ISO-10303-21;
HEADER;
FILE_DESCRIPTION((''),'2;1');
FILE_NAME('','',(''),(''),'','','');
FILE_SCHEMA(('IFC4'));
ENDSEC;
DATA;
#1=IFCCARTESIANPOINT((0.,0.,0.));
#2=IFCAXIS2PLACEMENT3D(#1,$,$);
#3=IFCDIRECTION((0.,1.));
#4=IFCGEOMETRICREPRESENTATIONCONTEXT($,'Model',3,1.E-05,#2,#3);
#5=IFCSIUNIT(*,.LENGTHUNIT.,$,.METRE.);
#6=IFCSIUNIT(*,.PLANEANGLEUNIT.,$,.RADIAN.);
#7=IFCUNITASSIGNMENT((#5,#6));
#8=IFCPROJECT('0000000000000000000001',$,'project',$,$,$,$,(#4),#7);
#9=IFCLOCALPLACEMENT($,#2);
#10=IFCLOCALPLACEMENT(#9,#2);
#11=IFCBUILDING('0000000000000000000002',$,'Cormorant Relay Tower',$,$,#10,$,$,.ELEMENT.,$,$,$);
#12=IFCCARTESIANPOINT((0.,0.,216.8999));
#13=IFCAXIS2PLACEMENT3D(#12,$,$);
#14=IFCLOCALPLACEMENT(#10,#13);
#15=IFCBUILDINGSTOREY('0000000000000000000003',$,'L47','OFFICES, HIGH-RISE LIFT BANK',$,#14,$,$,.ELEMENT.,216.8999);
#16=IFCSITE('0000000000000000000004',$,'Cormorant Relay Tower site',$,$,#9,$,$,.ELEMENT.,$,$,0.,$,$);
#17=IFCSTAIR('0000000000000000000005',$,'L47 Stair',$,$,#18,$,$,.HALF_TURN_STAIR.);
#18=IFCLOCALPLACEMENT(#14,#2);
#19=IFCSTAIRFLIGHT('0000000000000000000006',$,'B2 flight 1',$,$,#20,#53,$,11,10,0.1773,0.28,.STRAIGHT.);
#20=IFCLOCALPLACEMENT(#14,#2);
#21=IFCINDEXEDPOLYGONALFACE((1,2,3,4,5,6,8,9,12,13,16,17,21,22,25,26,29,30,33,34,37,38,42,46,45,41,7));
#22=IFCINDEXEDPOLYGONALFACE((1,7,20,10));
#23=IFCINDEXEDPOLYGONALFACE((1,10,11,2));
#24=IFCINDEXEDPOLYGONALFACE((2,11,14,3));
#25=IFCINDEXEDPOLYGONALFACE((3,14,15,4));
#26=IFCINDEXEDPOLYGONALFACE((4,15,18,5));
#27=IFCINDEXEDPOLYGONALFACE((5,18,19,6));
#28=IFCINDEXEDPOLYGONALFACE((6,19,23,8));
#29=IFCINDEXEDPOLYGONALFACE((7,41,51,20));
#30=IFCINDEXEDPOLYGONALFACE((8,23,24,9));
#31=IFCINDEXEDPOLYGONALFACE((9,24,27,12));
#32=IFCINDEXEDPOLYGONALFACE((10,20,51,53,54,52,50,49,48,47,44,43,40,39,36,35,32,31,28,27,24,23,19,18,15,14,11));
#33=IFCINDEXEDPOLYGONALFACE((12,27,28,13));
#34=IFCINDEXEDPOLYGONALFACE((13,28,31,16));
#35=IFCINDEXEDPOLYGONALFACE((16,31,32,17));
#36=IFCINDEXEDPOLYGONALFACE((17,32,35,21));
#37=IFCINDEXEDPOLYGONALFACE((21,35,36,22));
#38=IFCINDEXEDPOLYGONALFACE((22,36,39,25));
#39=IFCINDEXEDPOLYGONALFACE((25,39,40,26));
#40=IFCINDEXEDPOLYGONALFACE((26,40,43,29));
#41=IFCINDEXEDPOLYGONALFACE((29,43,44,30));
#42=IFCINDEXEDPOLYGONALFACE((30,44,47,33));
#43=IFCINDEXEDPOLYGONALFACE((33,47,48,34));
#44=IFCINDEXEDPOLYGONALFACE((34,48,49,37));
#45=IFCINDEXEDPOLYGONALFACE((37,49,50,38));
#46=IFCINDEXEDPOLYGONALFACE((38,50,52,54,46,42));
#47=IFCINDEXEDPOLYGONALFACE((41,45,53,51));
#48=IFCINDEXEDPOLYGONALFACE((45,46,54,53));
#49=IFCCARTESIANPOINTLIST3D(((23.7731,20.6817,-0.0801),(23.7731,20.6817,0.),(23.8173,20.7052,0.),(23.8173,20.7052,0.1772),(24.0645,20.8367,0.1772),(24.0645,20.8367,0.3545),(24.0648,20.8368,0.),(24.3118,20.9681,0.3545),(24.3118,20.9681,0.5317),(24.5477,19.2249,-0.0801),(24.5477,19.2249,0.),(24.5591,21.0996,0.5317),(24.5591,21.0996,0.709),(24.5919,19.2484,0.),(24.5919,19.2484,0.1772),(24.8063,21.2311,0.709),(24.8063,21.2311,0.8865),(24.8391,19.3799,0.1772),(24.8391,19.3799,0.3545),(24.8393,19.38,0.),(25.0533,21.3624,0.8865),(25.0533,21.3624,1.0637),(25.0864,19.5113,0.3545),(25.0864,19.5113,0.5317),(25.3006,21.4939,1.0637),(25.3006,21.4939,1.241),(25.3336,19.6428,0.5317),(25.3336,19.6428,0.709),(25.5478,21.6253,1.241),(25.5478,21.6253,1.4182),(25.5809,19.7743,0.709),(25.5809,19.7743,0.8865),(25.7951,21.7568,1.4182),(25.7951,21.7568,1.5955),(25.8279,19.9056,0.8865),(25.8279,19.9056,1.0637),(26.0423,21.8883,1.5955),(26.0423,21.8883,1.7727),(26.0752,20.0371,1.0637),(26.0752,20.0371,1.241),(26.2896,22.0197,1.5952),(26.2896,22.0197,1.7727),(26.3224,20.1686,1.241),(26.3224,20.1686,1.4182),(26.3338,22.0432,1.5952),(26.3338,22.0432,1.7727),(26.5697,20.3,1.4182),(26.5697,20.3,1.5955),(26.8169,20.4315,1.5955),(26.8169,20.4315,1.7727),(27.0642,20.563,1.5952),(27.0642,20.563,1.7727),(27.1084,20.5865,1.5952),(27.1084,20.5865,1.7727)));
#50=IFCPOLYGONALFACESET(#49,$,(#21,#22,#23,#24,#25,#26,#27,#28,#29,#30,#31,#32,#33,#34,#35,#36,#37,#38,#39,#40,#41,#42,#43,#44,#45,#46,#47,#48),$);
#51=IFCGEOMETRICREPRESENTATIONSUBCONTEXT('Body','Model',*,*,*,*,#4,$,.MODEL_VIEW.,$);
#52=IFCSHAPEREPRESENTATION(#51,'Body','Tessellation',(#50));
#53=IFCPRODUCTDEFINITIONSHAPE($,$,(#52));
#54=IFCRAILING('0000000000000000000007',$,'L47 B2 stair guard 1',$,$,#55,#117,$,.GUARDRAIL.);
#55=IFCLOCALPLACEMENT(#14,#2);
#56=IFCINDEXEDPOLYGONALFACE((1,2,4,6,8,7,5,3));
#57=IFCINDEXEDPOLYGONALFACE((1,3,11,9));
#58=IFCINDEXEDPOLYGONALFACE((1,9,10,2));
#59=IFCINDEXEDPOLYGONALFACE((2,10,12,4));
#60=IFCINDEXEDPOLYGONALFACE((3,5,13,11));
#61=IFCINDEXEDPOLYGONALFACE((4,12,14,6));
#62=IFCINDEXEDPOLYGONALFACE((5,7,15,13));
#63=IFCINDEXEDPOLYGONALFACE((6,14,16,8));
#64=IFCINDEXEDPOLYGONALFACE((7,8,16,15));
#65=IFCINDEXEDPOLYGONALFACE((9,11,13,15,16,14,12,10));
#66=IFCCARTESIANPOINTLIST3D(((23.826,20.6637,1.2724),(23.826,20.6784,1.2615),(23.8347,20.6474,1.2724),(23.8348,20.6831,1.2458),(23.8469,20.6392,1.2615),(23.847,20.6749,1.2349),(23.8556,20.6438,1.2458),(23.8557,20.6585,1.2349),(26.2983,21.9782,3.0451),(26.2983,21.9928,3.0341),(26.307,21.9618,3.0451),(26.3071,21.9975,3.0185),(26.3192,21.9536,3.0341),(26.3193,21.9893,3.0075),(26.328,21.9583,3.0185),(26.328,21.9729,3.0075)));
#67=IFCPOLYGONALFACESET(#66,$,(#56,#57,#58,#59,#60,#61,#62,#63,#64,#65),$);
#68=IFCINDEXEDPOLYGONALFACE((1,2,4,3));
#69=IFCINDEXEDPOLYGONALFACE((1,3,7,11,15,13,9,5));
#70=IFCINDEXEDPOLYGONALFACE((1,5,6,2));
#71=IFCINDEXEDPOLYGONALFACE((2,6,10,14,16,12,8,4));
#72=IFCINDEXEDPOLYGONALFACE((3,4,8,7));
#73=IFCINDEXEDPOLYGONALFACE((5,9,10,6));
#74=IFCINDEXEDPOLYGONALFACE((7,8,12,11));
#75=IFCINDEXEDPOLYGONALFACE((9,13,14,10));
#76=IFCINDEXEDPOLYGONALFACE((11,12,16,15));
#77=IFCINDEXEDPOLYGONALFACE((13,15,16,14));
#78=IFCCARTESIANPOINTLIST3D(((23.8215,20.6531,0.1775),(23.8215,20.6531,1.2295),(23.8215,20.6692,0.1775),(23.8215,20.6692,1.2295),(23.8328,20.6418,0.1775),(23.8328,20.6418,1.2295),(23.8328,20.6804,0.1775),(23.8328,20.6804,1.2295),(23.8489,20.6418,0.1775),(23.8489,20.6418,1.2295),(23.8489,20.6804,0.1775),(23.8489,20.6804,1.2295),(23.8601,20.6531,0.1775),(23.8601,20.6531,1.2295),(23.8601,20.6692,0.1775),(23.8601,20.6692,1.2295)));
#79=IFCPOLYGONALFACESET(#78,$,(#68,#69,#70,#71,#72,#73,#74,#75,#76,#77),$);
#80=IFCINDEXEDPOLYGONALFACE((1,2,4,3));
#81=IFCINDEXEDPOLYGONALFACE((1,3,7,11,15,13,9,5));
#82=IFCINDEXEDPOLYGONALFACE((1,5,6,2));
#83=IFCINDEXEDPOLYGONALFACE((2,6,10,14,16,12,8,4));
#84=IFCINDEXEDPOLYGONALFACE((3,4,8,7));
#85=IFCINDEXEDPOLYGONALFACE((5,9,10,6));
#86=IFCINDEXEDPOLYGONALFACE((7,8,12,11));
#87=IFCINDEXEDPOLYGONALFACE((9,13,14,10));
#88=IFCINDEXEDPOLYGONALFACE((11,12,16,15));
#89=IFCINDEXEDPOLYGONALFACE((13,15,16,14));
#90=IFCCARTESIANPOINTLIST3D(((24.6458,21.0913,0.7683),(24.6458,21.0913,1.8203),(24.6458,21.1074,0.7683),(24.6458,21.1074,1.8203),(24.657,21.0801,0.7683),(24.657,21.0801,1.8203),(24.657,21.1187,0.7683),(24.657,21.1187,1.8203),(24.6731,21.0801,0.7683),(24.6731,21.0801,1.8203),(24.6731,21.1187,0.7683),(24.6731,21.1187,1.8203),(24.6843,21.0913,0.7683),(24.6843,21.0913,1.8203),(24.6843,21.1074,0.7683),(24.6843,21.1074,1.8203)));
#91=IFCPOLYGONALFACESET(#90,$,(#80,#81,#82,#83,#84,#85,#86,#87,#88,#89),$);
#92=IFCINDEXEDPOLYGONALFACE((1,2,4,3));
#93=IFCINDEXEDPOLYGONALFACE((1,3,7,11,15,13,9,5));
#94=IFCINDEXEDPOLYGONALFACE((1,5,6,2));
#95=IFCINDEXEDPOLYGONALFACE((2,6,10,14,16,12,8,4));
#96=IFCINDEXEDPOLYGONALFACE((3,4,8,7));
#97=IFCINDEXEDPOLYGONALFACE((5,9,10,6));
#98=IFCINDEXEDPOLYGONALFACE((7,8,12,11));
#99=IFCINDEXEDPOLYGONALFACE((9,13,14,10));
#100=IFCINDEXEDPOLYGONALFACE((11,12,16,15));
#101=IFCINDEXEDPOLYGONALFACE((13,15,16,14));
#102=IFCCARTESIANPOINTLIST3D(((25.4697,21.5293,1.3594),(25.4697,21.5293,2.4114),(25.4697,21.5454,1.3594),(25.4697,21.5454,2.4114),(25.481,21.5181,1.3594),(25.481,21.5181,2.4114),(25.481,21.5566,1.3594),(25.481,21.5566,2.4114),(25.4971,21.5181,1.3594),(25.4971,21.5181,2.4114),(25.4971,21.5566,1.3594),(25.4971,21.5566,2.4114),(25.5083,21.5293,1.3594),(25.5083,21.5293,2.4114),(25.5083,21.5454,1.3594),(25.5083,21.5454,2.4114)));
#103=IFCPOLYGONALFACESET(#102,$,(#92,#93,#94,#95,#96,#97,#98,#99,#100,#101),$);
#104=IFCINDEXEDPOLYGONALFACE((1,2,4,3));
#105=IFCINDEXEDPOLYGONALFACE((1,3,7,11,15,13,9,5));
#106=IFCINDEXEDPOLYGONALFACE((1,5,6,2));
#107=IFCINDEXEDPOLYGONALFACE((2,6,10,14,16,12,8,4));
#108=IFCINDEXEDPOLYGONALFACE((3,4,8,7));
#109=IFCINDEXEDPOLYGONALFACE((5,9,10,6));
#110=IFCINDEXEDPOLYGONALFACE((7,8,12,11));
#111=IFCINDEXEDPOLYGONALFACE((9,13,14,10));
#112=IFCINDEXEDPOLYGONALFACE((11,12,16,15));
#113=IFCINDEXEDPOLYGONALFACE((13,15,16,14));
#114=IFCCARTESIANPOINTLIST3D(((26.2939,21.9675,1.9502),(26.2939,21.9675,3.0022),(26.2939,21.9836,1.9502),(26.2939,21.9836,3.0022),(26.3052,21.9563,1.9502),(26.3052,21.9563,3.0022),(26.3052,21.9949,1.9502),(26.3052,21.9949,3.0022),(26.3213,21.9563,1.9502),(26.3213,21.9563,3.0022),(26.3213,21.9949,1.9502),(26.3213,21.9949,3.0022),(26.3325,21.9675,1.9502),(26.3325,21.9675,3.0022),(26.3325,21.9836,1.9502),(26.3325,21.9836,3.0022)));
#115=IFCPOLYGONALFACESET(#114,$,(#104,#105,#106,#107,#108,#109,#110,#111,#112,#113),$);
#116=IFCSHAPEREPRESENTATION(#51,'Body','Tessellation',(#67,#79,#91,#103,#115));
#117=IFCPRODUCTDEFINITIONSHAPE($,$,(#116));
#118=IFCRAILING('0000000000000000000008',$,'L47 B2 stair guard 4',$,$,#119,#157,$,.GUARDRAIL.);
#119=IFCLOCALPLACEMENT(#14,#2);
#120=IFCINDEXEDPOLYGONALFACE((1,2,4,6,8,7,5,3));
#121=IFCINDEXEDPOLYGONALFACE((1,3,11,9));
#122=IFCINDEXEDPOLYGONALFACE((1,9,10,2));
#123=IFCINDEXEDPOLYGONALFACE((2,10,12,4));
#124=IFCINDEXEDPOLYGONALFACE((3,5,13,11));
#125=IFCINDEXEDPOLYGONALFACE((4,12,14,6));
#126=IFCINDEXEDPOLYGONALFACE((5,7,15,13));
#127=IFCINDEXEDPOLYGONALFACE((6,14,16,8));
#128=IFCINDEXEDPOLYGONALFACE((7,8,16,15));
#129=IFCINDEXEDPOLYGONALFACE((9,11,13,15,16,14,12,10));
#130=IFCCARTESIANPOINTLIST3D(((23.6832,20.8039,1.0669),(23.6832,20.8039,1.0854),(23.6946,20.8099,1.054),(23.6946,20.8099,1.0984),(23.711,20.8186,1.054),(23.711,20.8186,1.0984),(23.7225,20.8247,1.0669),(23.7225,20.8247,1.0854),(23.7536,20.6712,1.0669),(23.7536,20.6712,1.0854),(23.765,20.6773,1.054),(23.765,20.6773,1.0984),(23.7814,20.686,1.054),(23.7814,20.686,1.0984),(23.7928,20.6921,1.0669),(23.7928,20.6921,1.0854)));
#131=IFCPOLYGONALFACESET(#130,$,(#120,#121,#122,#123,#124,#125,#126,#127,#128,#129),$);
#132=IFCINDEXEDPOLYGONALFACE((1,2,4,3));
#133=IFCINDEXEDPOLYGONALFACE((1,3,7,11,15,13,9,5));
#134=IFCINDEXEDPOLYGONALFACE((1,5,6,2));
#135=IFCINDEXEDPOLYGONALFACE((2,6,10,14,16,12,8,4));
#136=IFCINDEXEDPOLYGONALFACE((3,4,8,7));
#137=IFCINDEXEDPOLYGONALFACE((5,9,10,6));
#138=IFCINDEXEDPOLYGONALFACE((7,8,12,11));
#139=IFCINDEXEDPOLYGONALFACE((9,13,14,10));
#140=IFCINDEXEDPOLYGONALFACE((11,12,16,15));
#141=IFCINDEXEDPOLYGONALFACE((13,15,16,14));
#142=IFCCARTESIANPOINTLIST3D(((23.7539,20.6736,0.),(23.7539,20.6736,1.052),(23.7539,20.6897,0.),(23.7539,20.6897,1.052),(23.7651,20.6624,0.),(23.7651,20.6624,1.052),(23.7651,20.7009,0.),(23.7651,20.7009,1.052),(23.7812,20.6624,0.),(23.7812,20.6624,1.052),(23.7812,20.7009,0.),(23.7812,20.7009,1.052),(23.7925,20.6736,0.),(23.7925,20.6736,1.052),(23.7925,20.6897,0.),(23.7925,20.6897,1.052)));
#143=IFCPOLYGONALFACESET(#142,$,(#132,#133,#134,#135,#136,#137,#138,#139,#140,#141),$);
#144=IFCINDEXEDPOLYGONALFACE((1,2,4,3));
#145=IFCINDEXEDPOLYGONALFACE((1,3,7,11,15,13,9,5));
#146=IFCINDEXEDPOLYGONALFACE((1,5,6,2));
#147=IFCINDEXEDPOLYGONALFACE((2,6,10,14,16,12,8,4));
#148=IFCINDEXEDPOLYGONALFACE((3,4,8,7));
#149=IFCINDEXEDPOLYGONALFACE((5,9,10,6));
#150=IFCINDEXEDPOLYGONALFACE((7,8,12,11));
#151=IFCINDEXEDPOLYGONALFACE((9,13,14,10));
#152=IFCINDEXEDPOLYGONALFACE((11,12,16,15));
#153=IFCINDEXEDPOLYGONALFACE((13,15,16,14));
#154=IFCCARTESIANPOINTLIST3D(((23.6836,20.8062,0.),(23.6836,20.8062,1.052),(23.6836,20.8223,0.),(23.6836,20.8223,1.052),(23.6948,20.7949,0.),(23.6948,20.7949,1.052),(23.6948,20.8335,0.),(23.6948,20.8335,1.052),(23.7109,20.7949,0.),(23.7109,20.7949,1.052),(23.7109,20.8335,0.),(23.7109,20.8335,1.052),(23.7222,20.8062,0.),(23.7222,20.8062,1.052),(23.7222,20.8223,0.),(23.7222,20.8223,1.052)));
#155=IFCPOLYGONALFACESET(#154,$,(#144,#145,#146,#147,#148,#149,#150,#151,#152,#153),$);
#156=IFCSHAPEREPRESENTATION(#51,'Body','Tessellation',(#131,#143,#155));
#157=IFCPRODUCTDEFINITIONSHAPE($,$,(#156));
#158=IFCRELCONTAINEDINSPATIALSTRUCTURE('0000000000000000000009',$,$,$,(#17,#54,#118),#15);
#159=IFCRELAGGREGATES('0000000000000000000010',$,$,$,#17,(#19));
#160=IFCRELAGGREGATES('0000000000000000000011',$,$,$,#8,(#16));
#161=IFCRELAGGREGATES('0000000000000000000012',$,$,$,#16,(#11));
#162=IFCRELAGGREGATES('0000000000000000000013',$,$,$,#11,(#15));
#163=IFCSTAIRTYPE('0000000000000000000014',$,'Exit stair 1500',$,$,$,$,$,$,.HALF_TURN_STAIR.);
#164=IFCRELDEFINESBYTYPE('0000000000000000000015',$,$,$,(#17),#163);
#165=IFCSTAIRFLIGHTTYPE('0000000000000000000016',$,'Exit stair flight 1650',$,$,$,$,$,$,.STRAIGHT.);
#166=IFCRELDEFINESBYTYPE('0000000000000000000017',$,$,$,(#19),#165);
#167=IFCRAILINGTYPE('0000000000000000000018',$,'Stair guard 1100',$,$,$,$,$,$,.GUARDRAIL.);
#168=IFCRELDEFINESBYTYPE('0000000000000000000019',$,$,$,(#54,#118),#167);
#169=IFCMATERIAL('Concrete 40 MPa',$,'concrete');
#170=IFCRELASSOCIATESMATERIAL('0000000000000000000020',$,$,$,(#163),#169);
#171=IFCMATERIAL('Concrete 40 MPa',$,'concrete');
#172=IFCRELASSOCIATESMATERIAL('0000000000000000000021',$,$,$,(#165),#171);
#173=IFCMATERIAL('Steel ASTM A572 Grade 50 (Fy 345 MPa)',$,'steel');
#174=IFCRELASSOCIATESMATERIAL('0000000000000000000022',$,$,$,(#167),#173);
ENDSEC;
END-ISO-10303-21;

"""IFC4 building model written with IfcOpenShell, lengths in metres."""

from ifc_helpers import new_model, si_unit, direction, frame, origin, place, context, subcontext, project, spatial, polyline, outline, extrude, material, type_object, element, aggregate, save


model = new_model("IFC4")

# Units and contexts
model_context = context("Model", 3, precision=1e-05, world=origin(), true_north=direction((0.0, 1.0)))
body_context = subcontext(model_context, "Body", "Model", "MODEL_VIEW")
ifc_project = project(units=[si_unit("LENGTHUNIT", "METRE"), si_unit("PLANEANGLEUNIT", "RADIAN")], contexts=[model_context])

# Site, building, storey
site_placement = place(None, origin())
site = spatial("IfcSite", under=ifc_project, at=site_placement, Name="Cormorant Relay Tower site", CompositionType="ELEMENT", RefElevation=0.0)
building_placement = place(site_placement, origin())
building = spatial("IfcBuilding", under=site, at=building_placement, Name="Cormorant Relay Tower", CompositionType="ELEMENT")
storey_placement = place(building_placement, frame((0.0, 0.0, 216.8999)))
storey = spatial("IfcBuildingStorey", under=building, at=storey_placement, Name="L47", Description="OFFICES, HIGH-RISE LIFT BANK", CompositionType="ELEMENT", Elevation=216.8999)

# Stair, stair flight
ifc_material_1 = material(Name="Concrete 40 MPa", Category="concrete")
stair_type = type_object("IfcStairType", Name="Exit stair 1500", PredefinedType="HALF_TURN_STAIR", material=ifc_material_1)
stair_placement = place(storey_placement, origin())
stair = element("IfcStair", 1, at=stair_placement, inside=storey, type_object=stair_type, Name="L47 Stair", PredefinedType="HALF_TURN_STAIR")
ifc_material_2 = material(Name="Concrete 40 MPa", Category="concrete")
stair_flight_type = type_object("IfcStairFlightType", Name="Exit stair flight 1650", PredefinedType="STRAIGHT", material=ifc_material_2)
stair_flight_placement = place(storey_placement, frame((24.2046, 19.9768, 0.0), z_axis=(0.0, 0.0, 1.0), x_axis=(0.882948, 0.469472, 0.0)))
stair_flight = element("IfcStairFlight", 2, at=stair_flight_placement, type_object=stair_flight_type, Name="B2 flight 1", NumberOfRisers=11, NumberOfTreads=10, PredefinedType="STRAIGHT", RiserHeight=0.1773, TreadLength=0.28, context=body_context, shape_type="SweptSolid", body=[
    extrude(outline(polyline([(-0.05, -0.0801), (-0.05, 0.0), (0.0, 0.0), (0.0, 0.1772), (0.28, 0.1772), (0.28, 0.3545), (0.5601, 0.3545), (0.5601, 0.5317), (0.8401, 0.5317), (0.8401, 0.709), (1.1201, 0.709), (1.1201, 0.8865), (1.3999, 0.8865), (1.3999, 1.0637), (1.6799, 1.0637), (1.6799, 1.241), (1.96, 1.241), (1.96, 1.4182), (2.24, 1.4182), (2.24, 1.5955), (2.52, 1.5955), (2.52, 1.7727), (2.8, 1.7727), (2.8501, 1.7727), (2.8501, 1.5952), (2.8, 1.5952), (0.2803, 0.0), (-0.05, -0.0801)])), frame((0.0, 0.825, 0.0), z_axis=(0.0, -1.0, 0.0), x_axis=(1.0, 0.0, 0.0)), (0.0, 0.0, 1.0), 1.6499),
])
aggregate(stair, [stair_flight])

# Railings
ifc_material_3 = material(Name="Steel ASTM A572 Grade 50 (Fy 345 MPa)", Category="steel")
railing_type_1 = type_object("IfcRailingType", Name="Stair guard 1100", PredefinedType="GUARDRAIL", material=ifc_material_3)
railing_1_placement = place(storey_placement, frame((23.8408, 20.6611, 0.1775)))
element("IfcRailing", 3, at=railing_1_placement, inside=storey, type_object=railing_type_1, Name="L47 B2 stair guard 1", PredefinedType="GUARDRAIL", context=body_context, shape_type="SweptSolid", body=[
    extrude(outline(polyline([(0.0222, 0.0093), (0.0093, 0.0222), (-0.0093, 0.0222), (-0.0222, 0.0093), (-0.0222, -0.0093), (-0.0093, -0.0222), (0.0093, -0.0222), (0.0222, -0.0093), (0.0222, 0.0093)])), frame((0.0, 0.0, 1.0762), z_axis=(0.746034, 0.396627, 0.534902), x_axis=(-0.469429, 0.88297, 0.0)), (0.0, 0.0, 1.0), 3.314),
    extrude(outline(polyline([(0.0193, 0.0081), (0.0081, 0.0193), (-0.0081, 0.0193), (-0.0193, 0.0081), (-0.0193, -0.0081), (-0.0081, -0.0193), (0.0081, -0.0193), (0.0193, -0.0081), (0.0193, 0.0081)])), origin(), (0.0, 0.0, 1.0), 1.052),
    extrude(outline(polyline([(0.0193, 0.0081), (0.0081, 0.0193), (-0.0081, 0.0193), (-0.0193, 0.0081), (-0.0193, -0.0081), (-0.0081, -0.0193), (0.0081, -0.0193), (0.0193, -0.0081), (0.0193, 0.0081)])), frame((0.8242, 0.4382, 0.5908)), (0.0, 0.0, 1.0), 1.052),
    extrude(outline(polyline([(0.0193, 0.0081), (0.0081, 0.0193), (-0.0081, 0.0193), (-0.0193, 0.0081), (-0.0193, -0.0081), (-0.0081, -0.0193), (0.0081, -0.0193), (0.0193, -0.0081), (0.0193, 0.0081)])), frame((1.6482, 0.8762, 1.1819)), (0.0, 0.0, 1.0), 1.052),
    extrude(outline(polyline([(0.0193, 0.0081), (0.0081, 0.0193), (-0.0081, 0.0193), (-0.0193, 0.0081), (-0.0193, -0.0081), (-0.0081, -0.0193), (0.0081, -0.0193), (0.0193, -0.0081), (0.0193, 0.0081)])), frame((2.4724, 1.3145, 1.7727)), (0.0, 0.0, 1.0), 1.052),
])
railing_2_placement = place(storey_placement, frame((23.7732, 20.6816, 0.0)))
element("IfcRailing", 4, at=railing_2_placement, inside=storey, type_object=railing_type_1, Name="L47 B2 stair guard 4", PredefinedType="GUARDRAIL", context=body_context, shape_type="SweptSolid", body=[
    extrude(outline(polyline([(0.0222, 0.0093), (0.0093, 0.0222), (-0.0093, 0.0222), (-0.0222, 0.0093), (-0.0222, -0.0093), (-0.0093, -0.0222), (0.0093, -0.0222), (0.0222, -0.0093), (0.0222, 0.0093)])), frame((0.0, 0.0, 1.0762), z_axis=(-0.46856, 0.883431, 0.0), x_axis=(-0.883431, -0.46856, 0.0)), (0.0, 0.0, 1.0), 0.1501),
    extrude(outline(polyline([(0.0193, 0.0081), (0.0081, 0.0193), (-0.0081, 0.0193), (-0.0193, 0.0081), (-0.0193, -0.0081), (-0.0081, -0.0193), (0.0081, -0.0193), (0.0193, -0.0081), (0.0193, 0.0081)])), origin(), (0.0, 0.0, 1.0), 1.052),
    extrude(outline(polyline([(0.0193, 0.0081), (0.0081, 0.0193), (-0.0081, 0.0193), (-0.0193, 0.0081), (-0.0193, -0.0081), (-0.0081, -0.0193), (0.0081, -0.0193), (0.0193, -0.0081), (0.0193, 0.0081)])), frame((-0.0703, 0.1326, 0.0)), (0.0, 0.0, 1.0), 1.052),
])

save(model, "model.ifc")
